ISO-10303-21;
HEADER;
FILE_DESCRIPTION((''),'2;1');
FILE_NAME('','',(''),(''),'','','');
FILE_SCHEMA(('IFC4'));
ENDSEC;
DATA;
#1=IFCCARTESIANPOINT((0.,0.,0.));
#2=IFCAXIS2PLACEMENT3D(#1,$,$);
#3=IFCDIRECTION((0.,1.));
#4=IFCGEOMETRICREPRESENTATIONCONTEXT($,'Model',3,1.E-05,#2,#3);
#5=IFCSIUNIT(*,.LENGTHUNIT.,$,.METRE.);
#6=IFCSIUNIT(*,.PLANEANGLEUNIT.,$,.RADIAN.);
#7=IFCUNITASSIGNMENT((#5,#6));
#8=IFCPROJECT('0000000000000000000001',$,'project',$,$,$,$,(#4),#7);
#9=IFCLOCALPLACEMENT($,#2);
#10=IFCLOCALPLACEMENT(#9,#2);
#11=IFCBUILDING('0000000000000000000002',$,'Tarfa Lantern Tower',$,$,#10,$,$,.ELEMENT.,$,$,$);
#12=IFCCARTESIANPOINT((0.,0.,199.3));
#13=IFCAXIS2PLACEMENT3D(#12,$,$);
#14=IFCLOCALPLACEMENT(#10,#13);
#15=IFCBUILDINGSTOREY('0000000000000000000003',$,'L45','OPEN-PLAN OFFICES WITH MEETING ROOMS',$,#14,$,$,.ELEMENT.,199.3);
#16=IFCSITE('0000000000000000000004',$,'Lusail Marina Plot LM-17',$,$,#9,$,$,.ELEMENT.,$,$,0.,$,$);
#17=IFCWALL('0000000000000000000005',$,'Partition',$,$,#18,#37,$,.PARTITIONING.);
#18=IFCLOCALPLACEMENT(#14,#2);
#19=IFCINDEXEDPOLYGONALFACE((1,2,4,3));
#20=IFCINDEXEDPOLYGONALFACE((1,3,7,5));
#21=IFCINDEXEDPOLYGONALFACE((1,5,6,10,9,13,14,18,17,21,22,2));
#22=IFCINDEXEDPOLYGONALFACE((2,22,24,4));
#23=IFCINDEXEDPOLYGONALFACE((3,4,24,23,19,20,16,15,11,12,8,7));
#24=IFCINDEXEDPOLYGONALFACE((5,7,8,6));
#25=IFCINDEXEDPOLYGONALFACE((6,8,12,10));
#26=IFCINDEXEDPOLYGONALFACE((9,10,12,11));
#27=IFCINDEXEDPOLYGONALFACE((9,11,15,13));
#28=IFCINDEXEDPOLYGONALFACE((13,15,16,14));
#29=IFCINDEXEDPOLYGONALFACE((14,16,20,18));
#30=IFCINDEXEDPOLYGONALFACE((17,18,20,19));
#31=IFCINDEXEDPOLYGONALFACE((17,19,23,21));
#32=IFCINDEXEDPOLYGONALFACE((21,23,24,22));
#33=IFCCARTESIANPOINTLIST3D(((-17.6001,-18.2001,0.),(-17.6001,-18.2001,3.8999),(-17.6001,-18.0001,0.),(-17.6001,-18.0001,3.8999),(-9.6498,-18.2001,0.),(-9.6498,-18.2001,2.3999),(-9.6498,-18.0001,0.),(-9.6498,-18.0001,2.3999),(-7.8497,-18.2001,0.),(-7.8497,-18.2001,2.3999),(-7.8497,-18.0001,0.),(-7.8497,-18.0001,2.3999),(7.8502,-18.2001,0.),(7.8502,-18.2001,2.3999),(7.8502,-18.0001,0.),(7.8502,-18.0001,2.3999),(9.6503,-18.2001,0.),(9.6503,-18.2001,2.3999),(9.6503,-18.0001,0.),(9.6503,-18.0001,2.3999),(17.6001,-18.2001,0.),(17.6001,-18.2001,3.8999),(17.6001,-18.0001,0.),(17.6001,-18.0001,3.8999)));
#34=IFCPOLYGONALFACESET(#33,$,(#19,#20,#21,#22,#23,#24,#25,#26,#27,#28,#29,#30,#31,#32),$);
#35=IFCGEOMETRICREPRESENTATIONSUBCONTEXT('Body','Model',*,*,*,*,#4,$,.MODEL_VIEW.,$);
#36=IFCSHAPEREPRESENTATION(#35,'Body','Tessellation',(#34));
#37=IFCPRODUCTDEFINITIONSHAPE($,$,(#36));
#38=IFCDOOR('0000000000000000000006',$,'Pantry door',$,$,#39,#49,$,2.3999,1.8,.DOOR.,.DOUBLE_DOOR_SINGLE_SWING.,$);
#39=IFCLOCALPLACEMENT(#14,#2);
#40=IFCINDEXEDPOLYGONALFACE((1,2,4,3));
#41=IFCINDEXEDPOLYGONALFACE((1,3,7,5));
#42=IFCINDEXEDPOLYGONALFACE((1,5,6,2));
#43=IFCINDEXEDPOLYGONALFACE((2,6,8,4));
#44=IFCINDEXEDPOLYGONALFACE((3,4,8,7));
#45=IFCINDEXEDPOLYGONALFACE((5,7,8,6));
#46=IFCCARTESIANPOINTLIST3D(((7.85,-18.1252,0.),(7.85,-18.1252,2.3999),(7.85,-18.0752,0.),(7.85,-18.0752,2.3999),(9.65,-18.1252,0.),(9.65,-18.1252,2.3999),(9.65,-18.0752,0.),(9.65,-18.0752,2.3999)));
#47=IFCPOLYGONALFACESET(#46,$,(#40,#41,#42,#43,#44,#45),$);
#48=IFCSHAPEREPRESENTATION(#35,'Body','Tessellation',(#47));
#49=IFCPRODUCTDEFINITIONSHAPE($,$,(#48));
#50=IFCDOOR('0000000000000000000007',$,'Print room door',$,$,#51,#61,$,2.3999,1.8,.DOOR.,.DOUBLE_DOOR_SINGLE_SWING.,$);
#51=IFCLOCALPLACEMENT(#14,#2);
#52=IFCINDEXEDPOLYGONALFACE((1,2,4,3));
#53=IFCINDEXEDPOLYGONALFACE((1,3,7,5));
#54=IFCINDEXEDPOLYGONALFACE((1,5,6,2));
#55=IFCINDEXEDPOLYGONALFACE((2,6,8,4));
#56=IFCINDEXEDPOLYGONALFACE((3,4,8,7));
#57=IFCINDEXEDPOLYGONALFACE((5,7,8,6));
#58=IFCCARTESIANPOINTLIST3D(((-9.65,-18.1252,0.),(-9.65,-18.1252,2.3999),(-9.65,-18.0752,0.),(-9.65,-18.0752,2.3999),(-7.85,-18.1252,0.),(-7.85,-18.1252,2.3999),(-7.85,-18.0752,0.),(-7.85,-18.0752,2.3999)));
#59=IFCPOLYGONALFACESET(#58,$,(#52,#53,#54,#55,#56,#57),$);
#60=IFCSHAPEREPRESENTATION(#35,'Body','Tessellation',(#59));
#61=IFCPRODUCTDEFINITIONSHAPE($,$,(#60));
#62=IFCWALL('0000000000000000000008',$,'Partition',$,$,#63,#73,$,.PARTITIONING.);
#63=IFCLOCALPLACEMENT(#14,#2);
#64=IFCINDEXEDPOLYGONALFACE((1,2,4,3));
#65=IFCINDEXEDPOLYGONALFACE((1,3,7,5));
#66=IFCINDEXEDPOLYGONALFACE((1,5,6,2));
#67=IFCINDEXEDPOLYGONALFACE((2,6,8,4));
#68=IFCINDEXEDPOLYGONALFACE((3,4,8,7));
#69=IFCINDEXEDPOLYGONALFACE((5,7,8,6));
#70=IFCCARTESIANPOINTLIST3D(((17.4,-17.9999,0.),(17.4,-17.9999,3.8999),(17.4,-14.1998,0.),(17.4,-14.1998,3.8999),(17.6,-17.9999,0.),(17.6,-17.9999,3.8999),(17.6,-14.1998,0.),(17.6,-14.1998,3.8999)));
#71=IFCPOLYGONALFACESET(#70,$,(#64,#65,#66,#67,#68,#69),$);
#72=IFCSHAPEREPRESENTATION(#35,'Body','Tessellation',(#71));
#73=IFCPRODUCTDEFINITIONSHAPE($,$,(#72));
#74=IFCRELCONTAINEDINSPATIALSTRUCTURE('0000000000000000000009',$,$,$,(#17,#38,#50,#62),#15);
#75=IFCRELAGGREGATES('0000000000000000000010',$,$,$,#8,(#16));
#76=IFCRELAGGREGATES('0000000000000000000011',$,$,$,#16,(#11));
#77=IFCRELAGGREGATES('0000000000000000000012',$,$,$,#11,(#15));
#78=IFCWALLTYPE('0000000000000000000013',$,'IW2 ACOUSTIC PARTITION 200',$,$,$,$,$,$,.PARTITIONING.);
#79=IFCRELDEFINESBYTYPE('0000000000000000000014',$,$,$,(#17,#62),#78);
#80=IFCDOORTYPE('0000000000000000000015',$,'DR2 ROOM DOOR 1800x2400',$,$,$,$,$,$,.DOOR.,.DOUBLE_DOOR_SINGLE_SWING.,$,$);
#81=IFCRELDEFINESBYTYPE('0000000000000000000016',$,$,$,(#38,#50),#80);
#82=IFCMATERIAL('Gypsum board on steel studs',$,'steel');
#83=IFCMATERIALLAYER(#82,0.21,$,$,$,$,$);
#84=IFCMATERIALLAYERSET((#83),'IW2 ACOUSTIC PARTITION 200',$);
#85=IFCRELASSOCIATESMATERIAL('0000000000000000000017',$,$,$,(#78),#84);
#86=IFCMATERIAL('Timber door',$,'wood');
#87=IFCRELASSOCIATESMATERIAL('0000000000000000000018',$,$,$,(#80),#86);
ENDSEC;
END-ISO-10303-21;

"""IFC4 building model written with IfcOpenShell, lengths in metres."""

from ifc_helpers import new_model, si_unit, direction, frame, frame_2d, origin, place, context, subcontext, project, spatial, rectangle, extrude, material, layer, layer_set, type_object, element, fill, save


model = new_model("IFC4")

# Units and contexts
model_context = context("Model", 3, precision=1e-05, world=origin(), true_north=direction((0.0, 1.0)))
body_context = subcontext(model_context, "Body", "Model", "MODEL_VIEW")
ifc_project = project(units=[si_unit("LENGTHUNIT", "METRE"), si_unit("PLANEANGLEUNIT", "RADIAN")], contexts=[model_context])

# Site, building, storey
site_placement = place(None, origin())
site = spatial("IfcSite", under=ifc_project, at=site_placement, Name="Lusail Marina Plot LM-17", CompositionType="ELEMENT", RefElevation=0.0)
building_placement = place(site_placement, origin())
building = spatial("IfcBuilding", under=site, at=building_placement, Name="Tarfa Lantern Tower", CompositionType="ELEMENT")
storey_placement = place(building_placement, frame((0.0, 0.0, 199.3)))
storey = spatial("IfcBuildingStorey", under=building, at=storey_placement, Name="L45", Description="OPEN-PLAN OFFICES WITH MEETING ROOMS", CompositionType="ELEMENT", Elevation=199.3)

# Shared definitions
ifc_material_1 = material(Name="Gypsum board on steel studs", Category="steel")
ifc_layer = layer(ifc_material_1, 0.21)
ifc_layer_set = layer_set([ifc_layer], Name="IW2 ACOUSTIC PARTITION 200")
wall_type = type_object("IfcWallType", Name="IW2 ACOUSTIC PARTITION 200", PredefinedType="PARTITIONING", material=ifc_layer_set)

# Wall, openings, doors
wall_1_placement = place(storey_placement, frame((17.6001, -18.1001, 0.0), z_axis=(0.0, 0.0, 1.0), x_axis=(-1.0, 0.0, 0.0)))
wall_1 = element("IfcWall", 1, at=wall_1_placement, inside=storey, type_object=wall_type, Name="Partition", PredefinedType="PARTITIONING", context=body_context, shape_type="SweptSolid", body=[
    extrude(rectangle(XDim=35.2002, YDim=0.2, at=frame_2d((17.6001, 0.0))), origin(), (0.0, 0.0, 1.0), 3.8999),
])
opening_1_placement = place(wall_1_placement, frame((7.95, 0.0, 0.0)))
opening_1 = element("IfcOpeningElement", 2, at=opening_1_placement, cuts=wall_1, PredefinedType="OPENING", context=body_context, shape_type="SweptSolid", body=[
    extrude(rectangle(XDim=1.8, YDim=2.3999, at=frame_2d((0.8999, 1.2))), frame((0.0, 0.1099, 0.0), z_axis=(0.0, -1.0, 0.0), x_axis=(1.0, 0.0, 0.0)), (0.0, 0.0, 1.0), 0.22),
])
opening_2_placement = place(wall_1_placement, frame((25.45, 0.0, 0.0)))
opening_2 = element("IfcOpeningElement", 3, at=opening_2_placement, cuts=wall_1, PredefinedType="OPENING", context=body_context, shape_type="SweptSolid", body=[
    extrude(rectangle(XDim=1.8, YDim=2.3999, at=frame_2d((0.8999, 1.2))), frame((0.0, 0.1099, 0.0), z_axis=(0.0, -1.0, 0.0), x_axis=(1.0, 0.0, 0.0)), (0.0, 0.0, 1.0), 0.22),
])
ifc_material_2 = material(Name="Timber door", Category="wood")
door_type = type_object("IfcDoorType", Name="DR2 ROOM DOOR 1800x2400", OperationType="DOUBLE_DOOR_SINGLE_SWING", PredefinedType="DOOR", material=ifc_material_2)
door_1_placement = place(opening_1_placement, frame((1.8, 0.0, 0.0), z_axis=(0.0, 0.0, 1.0), x_axis=(-1.0, 0.0, 0.0)))
door_1 = element("IfcDoor", 4, at=door_1_placement, inside=storey, type_object=door_type, Name="Pantry door", OperationType="DOUBLE_DOOR_SINGLE_SWING", OverallHeight=2.3999, OverallWidth=1.8, PredefinedType="DOOR", context=body_context, shape_type="SweptSolid", body=[
    extrude(rectangle(XDim=1.8, YDim=2.3999, at=frame_2d((0.8999, 1.2))), frame((0.0, 0.0249, 0.0), z_axis=(0.0, -1.0, 0.0), x_axis=(1.0, 0.0, 0.0)), (0.0, 0.0, 1.0), 0.05),
])
fill(opening_1, door_1)
door_2_placement = place(opening_2_placement, frame((1.8, 0.0, 0.0), z_axis=(0.0, 0.0, 1.0), x_axis=(-1.0, 0.0, 0.0)))
door_2 = element("IfcDoor", 5, at=door_2_placement, inside=storey, type_object=door_type, Name="Print room door", OperationType="DOUBLE_DOOR_SINGLE_SWING", OverallHeight=2.3999, OverallWidth=1.8, PredefinedType="DOOR", context=body_context, shape_type="SweptSolid", body=[
    extrude(rectangle(XDim=1.8, YDim=2.3999, at=frame_2d((0.8999, 1.2))), frame((0.0, 0.0249, 0.0), z_axis=(0.0, -1.0, 0.0), x_axis=(1.0, 0.0, 0.0)), (0.0, 0.0, 1.0), 0.05),
])
fill(opening_2, door_2)

# Wall
wall_2_placement = place(storey_placement, frame((17.5, -14.2, 0.0), z_axis=(0.0, 0.0, 1.0), x_axis=(0.0, -1.0, 0.0)))
element("IfcWall", 6, at=wall_2_placement, inside=storey, type_object=wall_type, Name="Partition", PredefinedType="PARTITIONING", context=body_context, shape_type="SweptSolid", body=[
    extrude(rectangle(XDim=3.8, YDim=0.2, at=frame_2d((1.8999, 0.0))), origin(), (0.0, 0.0, 1.0), 3.8999),
])

save(model, "model.ifc")
